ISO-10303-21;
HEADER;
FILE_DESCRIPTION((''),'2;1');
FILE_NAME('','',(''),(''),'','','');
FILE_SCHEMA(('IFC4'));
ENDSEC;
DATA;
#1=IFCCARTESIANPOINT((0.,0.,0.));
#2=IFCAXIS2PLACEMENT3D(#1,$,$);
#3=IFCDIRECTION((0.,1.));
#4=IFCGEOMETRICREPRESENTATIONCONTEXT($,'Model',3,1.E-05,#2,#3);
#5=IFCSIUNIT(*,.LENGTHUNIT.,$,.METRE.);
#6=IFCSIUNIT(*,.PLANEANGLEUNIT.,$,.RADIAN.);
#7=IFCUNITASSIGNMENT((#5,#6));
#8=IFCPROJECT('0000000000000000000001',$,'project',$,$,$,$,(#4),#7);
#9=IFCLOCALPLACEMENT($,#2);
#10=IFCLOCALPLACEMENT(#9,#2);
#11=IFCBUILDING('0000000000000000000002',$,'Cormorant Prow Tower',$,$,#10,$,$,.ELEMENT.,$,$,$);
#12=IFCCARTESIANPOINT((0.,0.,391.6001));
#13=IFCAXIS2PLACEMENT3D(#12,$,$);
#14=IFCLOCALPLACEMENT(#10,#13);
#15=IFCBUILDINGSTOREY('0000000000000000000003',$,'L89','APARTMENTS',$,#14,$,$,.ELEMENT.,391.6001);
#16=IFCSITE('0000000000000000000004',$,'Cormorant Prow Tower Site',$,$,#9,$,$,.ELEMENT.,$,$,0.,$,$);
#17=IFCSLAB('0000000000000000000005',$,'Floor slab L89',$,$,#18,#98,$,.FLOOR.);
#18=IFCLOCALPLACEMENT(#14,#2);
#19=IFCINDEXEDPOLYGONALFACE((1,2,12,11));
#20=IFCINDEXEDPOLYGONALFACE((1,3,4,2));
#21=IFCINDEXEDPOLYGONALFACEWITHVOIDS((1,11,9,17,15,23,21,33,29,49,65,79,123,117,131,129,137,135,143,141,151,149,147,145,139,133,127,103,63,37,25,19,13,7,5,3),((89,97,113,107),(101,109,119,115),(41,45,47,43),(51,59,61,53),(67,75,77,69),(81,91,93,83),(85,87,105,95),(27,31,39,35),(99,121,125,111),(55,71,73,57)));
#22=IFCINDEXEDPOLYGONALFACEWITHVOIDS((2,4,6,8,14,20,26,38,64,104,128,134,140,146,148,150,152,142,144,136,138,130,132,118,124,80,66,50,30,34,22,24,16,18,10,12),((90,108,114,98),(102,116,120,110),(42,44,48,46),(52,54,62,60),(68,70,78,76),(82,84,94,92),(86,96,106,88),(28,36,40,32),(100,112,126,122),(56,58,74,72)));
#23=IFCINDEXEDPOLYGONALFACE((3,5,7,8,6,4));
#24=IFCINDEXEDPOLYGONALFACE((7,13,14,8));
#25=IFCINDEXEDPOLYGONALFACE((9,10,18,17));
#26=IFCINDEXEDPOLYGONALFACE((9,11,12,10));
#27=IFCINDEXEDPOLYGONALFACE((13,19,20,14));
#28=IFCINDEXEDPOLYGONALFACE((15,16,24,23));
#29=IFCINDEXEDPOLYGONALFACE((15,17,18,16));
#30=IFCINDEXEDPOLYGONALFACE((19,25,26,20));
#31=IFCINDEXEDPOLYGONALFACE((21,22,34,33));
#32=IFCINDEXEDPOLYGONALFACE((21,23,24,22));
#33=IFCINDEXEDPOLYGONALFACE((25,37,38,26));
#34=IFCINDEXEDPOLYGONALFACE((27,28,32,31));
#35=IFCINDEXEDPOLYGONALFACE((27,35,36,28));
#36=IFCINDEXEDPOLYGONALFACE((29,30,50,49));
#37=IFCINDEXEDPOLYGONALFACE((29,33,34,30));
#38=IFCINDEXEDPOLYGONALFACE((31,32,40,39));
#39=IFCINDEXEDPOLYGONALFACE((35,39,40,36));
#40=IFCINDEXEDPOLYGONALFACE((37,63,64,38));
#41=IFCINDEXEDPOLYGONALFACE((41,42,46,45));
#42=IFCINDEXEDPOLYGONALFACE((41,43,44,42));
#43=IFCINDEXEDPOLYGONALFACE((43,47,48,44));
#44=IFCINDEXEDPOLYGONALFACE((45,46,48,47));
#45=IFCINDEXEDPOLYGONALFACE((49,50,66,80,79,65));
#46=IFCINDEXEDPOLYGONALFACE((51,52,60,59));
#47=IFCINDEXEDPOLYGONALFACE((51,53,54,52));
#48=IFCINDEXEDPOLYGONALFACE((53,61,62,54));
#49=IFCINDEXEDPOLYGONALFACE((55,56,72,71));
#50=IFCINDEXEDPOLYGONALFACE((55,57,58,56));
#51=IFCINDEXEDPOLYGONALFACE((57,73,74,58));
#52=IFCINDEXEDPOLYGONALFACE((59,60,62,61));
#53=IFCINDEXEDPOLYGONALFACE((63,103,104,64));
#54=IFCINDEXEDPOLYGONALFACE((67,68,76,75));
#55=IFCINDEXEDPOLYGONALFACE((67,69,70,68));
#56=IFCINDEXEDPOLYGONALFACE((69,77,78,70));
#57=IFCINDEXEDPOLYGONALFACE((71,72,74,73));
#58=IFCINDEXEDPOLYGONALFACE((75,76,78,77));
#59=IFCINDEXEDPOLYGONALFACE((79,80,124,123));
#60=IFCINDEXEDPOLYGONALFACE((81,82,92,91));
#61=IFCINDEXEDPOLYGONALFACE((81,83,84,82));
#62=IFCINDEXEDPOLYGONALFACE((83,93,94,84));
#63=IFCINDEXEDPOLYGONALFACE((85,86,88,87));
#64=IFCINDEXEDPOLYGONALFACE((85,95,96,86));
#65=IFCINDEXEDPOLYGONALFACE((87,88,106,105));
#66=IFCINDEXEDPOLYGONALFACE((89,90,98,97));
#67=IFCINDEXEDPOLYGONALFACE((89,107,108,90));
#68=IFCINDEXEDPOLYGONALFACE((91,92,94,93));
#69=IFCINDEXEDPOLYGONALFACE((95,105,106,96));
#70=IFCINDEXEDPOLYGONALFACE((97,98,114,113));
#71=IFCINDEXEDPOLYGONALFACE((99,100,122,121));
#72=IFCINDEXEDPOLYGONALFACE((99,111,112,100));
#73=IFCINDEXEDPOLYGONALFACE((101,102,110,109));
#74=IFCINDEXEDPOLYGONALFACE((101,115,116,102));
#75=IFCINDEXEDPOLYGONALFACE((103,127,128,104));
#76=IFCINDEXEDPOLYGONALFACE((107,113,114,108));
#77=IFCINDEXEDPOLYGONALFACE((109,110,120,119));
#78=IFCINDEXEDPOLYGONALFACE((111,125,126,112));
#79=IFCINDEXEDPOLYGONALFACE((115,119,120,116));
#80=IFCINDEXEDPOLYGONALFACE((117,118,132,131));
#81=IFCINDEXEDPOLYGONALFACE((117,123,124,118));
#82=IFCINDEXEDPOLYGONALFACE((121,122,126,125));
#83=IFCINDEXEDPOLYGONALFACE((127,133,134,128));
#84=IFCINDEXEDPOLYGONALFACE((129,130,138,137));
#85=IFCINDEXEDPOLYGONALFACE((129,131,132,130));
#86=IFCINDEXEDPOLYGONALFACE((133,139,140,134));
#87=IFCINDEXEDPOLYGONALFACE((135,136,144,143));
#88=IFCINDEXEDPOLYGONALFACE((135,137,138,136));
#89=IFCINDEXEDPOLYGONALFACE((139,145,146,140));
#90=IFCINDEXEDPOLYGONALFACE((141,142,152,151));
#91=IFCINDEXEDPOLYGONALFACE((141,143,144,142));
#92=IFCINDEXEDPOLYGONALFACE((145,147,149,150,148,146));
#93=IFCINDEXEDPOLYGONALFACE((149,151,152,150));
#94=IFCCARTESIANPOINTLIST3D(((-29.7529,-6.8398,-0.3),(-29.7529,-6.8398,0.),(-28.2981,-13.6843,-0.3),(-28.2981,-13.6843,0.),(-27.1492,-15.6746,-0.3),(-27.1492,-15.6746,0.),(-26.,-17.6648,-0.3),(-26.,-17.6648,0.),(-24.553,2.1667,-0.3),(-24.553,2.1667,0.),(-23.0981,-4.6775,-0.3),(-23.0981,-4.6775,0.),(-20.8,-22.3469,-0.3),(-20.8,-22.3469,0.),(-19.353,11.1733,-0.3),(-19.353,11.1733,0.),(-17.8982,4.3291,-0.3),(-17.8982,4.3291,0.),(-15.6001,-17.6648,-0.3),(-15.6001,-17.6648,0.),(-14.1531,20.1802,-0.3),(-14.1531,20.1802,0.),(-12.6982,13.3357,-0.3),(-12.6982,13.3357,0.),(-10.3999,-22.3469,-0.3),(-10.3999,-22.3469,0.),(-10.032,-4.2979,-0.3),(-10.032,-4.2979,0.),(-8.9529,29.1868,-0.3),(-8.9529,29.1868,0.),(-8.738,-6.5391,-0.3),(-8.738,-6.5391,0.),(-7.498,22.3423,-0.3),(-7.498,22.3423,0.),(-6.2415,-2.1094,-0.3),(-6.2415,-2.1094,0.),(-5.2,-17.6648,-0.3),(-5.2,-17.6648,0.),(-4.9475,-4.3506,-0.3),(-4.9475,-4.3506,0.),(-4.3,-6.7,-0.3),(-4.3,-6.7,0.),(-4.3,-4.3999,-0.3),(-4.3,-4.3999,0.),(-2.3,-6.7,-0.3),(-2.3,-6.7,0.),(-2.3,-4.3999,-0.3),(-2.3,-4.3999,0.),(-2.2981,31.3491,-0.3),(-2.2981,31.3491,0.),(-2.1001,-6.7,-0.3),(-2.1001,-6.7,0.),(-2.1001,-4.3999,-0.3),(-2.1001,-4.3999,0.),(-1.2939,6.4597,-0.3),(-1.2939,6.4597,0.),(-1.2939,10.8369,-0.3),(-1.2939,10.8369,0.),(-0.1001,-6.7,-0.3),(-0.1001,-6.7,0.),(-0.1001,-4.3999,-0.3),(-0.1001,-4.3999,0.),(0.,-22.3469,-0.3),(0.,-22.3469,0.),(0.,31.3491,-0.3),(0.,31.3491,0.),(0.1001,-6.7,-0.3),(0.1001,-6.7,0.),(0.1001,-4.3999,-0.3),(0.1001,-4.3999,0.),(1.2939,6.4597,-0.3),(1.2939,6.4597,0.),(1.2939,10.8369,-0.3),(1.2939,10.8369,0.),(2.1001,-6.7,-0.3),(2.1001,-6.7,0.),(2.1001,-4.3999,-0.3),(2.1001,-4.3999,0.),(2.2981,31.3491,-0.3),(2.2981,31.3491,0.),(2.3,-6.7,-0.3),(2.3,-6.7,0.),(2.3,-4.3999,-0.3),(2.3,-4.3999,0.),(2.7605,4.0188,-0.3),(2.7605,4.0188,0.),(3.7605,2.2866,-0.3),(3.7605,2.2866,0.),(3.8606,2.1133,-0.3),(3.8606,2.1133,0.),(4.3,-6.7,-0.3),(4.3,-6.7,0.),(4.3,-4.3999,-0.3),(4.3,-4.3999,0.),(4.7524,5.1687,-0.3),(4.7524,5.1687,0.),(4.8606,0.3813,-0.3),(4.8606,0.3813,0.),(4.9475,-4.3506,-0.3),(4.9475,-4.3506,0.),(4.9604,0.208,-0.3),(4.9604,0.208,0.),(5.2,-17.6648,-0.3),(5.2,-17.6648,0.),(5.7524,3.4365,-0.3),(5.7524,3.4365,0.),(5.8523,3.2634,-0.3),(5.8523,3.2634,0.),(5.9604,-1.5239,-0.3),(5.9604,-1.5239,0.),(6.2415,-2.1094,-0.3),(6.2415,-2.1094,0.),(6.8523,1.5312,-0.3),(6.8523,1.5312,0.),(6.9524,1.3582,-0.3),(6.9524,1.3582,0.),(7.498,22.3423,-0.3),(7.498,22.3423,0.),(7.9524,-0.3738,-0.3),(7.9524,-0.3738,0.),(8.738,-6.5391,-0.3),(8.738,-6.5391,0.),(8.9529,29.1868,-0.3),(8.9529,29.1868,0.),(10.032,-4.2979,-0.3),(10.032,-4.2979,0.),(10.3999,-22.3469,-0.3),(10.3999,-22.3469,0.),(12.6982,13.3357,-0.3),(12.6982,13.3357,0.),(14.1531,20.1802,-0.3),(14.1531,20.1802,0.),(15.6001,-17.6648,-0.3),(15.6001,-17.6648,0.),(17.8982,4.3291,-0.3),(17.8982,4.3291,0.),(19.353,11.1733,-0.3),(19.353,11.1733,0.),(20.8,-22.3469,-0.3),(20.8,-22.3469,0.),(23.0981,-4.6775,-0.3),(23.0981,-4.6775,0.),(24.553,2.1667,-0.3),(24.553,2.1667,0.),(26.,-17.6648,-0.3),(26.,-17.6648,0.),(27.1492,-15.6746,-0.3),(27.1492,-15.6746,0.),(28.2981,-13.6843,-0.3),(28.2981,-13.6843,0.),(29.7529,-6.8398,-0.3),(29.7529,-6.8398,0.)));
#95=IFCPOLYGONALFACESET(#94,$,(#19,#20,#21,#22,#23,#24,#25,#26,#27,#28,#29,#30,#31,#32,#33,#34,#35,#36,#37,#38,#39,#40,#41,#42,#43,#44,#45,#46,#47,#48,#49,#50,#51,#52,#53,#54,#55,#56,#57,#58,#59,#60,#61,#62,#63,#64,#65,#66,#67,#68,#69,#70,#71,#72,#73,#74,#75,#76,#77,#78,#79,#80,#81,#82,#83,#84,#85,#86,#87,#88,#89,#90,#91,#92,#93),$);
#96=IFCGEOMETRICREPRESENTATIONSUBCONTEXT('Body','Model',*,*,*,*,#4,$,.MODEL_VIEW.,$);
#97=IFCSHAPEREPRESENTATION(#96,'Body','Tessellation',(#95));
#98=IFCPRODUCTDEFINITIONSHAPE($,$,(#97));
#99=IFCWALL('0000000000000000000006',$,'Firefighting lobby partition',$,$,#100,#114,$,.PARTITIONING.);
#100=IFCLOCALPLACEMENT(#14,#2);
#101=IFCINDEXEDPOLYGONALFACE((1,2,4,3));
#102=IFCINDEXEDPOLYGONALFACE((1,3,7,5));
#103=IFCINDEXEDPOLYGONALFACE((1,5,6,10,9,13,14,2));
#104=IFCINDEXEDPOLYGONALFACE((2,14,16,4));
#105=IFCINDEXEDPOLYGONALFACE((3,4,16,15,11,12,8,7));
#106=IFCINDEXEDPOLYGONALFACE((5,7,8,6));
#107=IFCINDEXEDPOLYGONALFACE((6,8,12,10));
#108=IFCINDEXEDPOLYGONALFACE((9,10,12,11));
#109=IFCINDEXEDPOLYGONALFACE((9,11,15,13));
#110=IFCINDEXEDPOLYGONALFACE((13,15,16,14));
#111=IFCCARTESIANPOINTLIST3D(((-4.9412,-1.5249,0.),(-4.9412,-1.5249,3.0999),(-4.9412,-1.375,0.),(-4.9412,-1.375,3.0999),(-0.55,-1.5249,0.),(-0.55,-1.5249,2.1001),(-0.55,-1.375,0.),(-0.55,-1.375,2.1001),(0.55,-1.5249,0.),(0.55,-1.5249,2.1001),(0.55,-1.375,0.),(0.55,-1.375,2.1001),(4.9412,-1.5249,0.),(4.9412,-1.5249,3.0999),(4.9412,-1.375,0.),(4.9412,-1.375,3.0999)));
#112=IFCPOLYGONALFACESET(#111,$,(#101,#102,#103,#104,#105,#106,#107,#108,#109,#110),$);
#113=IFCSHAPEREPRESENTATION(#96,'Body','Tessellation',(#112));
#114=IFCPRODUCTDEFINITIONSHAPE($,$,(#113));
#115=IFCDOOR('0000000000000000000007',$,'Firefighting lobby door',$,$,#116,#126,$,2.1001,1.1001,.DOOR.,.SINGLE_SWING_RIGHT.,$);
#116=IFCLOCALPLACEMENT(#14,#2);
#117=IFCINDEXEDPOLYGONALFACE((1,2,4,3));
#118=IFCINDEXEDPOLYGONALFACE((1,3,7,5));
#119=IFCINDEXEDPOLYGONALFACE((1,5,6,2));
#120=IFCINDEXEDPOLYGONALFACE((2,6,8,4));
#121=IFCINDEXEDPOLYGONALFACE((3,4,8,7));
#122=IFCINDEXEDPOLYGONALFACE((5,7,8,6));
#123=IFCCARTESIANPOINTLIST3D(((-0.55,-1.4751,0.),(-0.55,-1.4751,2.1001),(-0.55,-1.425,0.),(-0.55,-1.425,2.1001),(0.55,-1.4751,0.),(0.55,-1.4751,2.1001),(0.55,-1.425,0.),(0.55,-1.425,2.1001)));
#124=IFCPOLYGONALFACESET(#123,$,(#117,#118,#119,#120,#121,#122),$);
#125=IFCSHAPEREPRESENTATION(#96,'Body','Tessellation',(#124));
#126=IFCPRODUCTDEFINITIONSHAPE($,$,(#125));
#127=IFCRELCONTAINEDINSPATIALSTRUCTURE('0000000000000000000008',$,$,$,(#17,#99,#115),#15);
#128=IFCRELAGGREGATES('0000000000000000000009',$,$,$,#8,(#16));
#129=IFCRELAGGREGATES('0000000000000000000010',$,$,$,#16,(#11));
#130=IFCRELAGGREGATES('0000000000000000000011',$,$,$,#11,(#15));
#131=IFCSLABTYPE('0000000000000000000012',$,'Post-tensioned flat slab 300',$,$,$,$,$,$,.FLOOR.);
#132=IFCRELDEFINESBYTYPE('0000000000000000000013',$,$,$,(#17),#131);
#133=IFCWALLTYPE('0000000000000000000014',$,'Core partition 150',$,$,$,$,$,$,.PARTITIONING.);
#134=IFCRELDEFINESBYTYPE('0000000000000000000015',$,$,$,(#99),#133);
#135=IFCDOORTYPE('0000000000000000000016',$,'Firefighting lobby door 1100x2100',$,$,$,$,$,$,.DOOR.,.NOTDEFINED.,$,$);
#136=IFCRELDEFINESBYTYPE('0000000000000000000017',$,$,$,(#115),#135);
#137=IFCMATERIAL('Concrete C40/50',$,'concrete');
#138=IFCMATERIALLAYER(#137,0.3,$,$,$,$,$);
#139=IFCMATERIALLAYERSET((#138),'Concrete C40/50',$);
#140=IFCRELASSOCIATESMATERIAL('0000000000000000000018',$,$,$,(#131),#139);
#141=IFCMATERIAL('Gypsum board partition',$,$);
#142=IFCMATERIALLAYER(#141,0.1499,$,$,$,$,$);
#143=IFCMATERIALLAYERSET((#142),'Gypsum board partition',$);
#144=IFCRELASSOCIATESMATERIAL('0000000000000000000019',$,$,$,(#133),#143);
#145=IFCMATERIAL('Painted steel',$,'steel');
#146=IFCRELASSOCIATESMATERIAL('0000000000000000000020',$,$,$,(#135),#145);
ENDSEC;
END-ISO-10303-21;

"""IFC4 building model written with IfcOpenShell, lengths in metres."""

from ifc_helpers import new_model, si_unit, direction, frame, frame_2d, origin, place, context, subcontext, project, spatial, polyline, rectangle, outline, extrude, material, layer, layer_set, type_object, element, fill, save


model = new_model("IFC4")

# Units and contexts
model_context = context("Model", 3, precision=1e-05, world=origin(), true_north=direction((0.0, 1.0)))
body_context = subcontext(model_context, "Body", "Model", "MODEL_VIEW")
ifc_project = project(units=[si_unit("LENGTHUNIT", "METRE"), si_unit("PLANEANGLEUNIT", "RADIAN")], contexts=[model_context])

# Site, building, storey
site_placement = place(None, origin())
site = spatial("IfcSite", under=ifc_project, at=site_placement, Name="Cormorant Prow Tower Site", CompositionType="ELEMENT", RefElevation=0.0)
building_placement = place(site_placement, origin())
building = spatial("IfcBuilding", under=site, at=building_placement, Name="Cormorant Prow Tower", CompositionType="ELEMENT")
storey_placement = place(building_placement, frame((0.0, 0.0, 391.6001)))
storey = spatial("IfcBuildingStorey", under=building, at=storey_placement, Name="L89", Description="APARTMENTS", CompositionType="ELEMENT", Elevation=391.6001)

# Slab
ifc_material_1 = material(Name="Concrete C40/50", Category="concrete")
ifc_layer_1 = layer(ifc_material_1, 0.3)
ifc_layer_set_1 = layer_set([ifc_layer_1], Name="Concrete C40/50")
slab_type_1 = type_object("IfcSlabType", Name="Post-tensioned flat slab 300", PredefinedType="FLOOR", material=ifc_layer_set_1)
slab_1_placement = place(storey_placement, frame((0.0, 0.0, -0.3)))
element("IfcSlab", 1, at=slab_1_placement, inside=storey, type_object=slab_type_1, Name="Floor slab L89", PredefinedType="FLOOR", context=body_context, shape_type="SweptSolid", body=[
    extrude(outline(polyline([(-7.498, 22.3423), (-14.1531, 20.1802), (-12.6982, 13.3357), (-19.353, 11.1733), (-17.8982, 4.3291), (-24.553, 2.1667), (-23.0981, -4.6775), (-29.7529, -6.8398), (-28.2981, -13.6843), (-27.1492, -15.6746), (-26.0, -17.6648), (-20.8, -22.3469), (-15.6001, -17.6648), (-10.3999, -22.3469), (-5.2, -17.6648), (0.0, -22.3469), (5.2, -17.6648), (10.3999, -22.3469), (15.6001, -17.6648), (20.8, -22.3469), (26.0, -17.6648), (27.1492, -15.6746), (28.2981, -13.6843), (29.7529, -6.8398), (23.0981, -4.6775), (24.553, 2.1667), (17.8982, 4.3291), (19.353, 11.1733), (12.6982, 13.3357), (14.1531, 20.1802), (7.498, 22.3423), (8.9529, 29.1868), (2.2981, 31.3491), (0.0, 31.3491), (-2.2981, 31.3491), (-8.9529, 29.1868), (-7.498, 22.3423)]), holes=[polyline([(-4.3, -4.3999), (-2.3, -4.3999), (-2.3, -6.7), (-4.3, -6.7), (-4.3, -4.3999)]), polyline([(-0.1001, -4.3999), (-0.1001, -6.7), (-2.1001, -6.7), (-2.1001, -4.3999), (-0.1001, -4.3999)]), polyline([(2.1001, -6.7), (0.1001, -6.7), (0.1001, -4.3999), (2.1001, -4.3999), (2.1001, -6.7)]), polyline([(2.3, -6.7), (2.3, -4.3999), (4.3, -4.3999), (4.3, -6.7), (2.3, -6.7)]), polyline([(5.9604, -1.5239), (4.9604, 0.208), (6.9524, 1.3582), (7.9524, -0.3738), (5.9604, -1.5239)]), polyline([(3.8606, 2.1133), (5.8523, 3.2634), (6.8523, 1.5312), (4.8606, 0.3813), (3.8606, 2.1133)]), polyline([(4.7524, 5.1687), (5.7524, 3.4365), (3.7605, 2.2866), (2.7605, 4.0188), (4.7524, 5.1687)]), polyline([(-4.9475, -4.3506), (-8.738, -6.5391), (-10.032, -4.2979), (-6.2415, -2.1094), (-4.9475, -4.3506)]), polyline([(10.032, -4.2979), (8.738, -6.5391), (4.9475, -4.3506), (6.2415, -2.1094), (10.032, -4.2979)]), polyline([(1.2939, 10.8369), (1.2939, 6.4597), (-1.2939, 6.4597), (-1.2939, 10.8369), (1.2939, 10.8369)])]), origin(), (0.0, 0.0, 1.0), 0.3),
])

# Wall, opening, door
ifc_material_2 = material(Name="Gypsum board partition")
ifc_layer_2 = layer(ifc_material_2, 0.1499)
ifc_layer_set_2 = layer_set([ifc_layer_2], Name="Gypsum board partition")
wall_type_1 = type_object("IfcWallType", Name="Core partition 150", PredefinedType="PARTITIONING", material=ifc_layer_set_2)
wall_1_placement = place(storey_placement, frame((-4.9412, -1.45, 0.0), z_axis=(0.0, 0.0, 1.0), x_axis=(1.0, 0.0, 0.0)))
wall_1 = element("IfcWall", 2, at=wall_1_placement, inside=storey, type_object=wall_type_1, Name="Firefighting lobby partition", PredefinedType="PARTITIONING", context=body_context, shape_type="SweptSolid", body=[
    extrude(rectangle(XDim=9.8823, YDim=0.1499, at=frame_2d((4.9412, 0.0))), origin(), (0.0, 0.0, 1.0), 3.0999),
])
opening_1_placement = place(wall_1_placement, frame((4.3911, 0.0, 0.0)))
opening_1 = element("IfcOpeningElement", 3, at=opening_1_placement, cuts=wall_1, PredefinedType="OPENING", context=body_context, shape_type="SweptSolid", body=[
    extrude(rectangle(XDim=1.1001, YDim=2.1001, at=frame_2d((0.55, 1.05))), frame((0.0, 0.085, 0.0), z_axis=(0.0, -1.0, 0.0), x_axis=(1.0, 0.0, 0.0)), (0.0, 0.0, 1.0), 0.1699),
])
ifc_material_3 = material(Name="Painted steel", Category="steel")
door_type_1 = type_object("IfcDoorType", Name="Firefighting lobby door 1100x2100", OperationType="NOTDEFINED", PredefinedType="DOOR", material=ifc_material_3)
door_1_placement = place(opening_1_placement, origin())
door_1 = element("IfcDoor", 4, at=door_1_placement, inside=storey, type_object=door_type_1, Name="Firefighting lobby door", OperationType="SINGLE_SWING_RIGHT", OverallHeight=2.1001, OverallWidth=1.1001, PredefinedType="DOOR", context=body_context, shape_type="SweptSolid", body=[
    extrude(rectangle(XDim=1.1001, YDim=2.1001, at=frame_2d((0.55, 1.05))), frame((0.0, 0.0249, 0.0), z_axis=(0.0, -1.0, 0.0), x_axis=(1.0, 0.0, 0.0)), (0.0, 0.0, 1.0), 0.05),
])
fill(opening_1, door_1)

save(model, "model.ifc")
